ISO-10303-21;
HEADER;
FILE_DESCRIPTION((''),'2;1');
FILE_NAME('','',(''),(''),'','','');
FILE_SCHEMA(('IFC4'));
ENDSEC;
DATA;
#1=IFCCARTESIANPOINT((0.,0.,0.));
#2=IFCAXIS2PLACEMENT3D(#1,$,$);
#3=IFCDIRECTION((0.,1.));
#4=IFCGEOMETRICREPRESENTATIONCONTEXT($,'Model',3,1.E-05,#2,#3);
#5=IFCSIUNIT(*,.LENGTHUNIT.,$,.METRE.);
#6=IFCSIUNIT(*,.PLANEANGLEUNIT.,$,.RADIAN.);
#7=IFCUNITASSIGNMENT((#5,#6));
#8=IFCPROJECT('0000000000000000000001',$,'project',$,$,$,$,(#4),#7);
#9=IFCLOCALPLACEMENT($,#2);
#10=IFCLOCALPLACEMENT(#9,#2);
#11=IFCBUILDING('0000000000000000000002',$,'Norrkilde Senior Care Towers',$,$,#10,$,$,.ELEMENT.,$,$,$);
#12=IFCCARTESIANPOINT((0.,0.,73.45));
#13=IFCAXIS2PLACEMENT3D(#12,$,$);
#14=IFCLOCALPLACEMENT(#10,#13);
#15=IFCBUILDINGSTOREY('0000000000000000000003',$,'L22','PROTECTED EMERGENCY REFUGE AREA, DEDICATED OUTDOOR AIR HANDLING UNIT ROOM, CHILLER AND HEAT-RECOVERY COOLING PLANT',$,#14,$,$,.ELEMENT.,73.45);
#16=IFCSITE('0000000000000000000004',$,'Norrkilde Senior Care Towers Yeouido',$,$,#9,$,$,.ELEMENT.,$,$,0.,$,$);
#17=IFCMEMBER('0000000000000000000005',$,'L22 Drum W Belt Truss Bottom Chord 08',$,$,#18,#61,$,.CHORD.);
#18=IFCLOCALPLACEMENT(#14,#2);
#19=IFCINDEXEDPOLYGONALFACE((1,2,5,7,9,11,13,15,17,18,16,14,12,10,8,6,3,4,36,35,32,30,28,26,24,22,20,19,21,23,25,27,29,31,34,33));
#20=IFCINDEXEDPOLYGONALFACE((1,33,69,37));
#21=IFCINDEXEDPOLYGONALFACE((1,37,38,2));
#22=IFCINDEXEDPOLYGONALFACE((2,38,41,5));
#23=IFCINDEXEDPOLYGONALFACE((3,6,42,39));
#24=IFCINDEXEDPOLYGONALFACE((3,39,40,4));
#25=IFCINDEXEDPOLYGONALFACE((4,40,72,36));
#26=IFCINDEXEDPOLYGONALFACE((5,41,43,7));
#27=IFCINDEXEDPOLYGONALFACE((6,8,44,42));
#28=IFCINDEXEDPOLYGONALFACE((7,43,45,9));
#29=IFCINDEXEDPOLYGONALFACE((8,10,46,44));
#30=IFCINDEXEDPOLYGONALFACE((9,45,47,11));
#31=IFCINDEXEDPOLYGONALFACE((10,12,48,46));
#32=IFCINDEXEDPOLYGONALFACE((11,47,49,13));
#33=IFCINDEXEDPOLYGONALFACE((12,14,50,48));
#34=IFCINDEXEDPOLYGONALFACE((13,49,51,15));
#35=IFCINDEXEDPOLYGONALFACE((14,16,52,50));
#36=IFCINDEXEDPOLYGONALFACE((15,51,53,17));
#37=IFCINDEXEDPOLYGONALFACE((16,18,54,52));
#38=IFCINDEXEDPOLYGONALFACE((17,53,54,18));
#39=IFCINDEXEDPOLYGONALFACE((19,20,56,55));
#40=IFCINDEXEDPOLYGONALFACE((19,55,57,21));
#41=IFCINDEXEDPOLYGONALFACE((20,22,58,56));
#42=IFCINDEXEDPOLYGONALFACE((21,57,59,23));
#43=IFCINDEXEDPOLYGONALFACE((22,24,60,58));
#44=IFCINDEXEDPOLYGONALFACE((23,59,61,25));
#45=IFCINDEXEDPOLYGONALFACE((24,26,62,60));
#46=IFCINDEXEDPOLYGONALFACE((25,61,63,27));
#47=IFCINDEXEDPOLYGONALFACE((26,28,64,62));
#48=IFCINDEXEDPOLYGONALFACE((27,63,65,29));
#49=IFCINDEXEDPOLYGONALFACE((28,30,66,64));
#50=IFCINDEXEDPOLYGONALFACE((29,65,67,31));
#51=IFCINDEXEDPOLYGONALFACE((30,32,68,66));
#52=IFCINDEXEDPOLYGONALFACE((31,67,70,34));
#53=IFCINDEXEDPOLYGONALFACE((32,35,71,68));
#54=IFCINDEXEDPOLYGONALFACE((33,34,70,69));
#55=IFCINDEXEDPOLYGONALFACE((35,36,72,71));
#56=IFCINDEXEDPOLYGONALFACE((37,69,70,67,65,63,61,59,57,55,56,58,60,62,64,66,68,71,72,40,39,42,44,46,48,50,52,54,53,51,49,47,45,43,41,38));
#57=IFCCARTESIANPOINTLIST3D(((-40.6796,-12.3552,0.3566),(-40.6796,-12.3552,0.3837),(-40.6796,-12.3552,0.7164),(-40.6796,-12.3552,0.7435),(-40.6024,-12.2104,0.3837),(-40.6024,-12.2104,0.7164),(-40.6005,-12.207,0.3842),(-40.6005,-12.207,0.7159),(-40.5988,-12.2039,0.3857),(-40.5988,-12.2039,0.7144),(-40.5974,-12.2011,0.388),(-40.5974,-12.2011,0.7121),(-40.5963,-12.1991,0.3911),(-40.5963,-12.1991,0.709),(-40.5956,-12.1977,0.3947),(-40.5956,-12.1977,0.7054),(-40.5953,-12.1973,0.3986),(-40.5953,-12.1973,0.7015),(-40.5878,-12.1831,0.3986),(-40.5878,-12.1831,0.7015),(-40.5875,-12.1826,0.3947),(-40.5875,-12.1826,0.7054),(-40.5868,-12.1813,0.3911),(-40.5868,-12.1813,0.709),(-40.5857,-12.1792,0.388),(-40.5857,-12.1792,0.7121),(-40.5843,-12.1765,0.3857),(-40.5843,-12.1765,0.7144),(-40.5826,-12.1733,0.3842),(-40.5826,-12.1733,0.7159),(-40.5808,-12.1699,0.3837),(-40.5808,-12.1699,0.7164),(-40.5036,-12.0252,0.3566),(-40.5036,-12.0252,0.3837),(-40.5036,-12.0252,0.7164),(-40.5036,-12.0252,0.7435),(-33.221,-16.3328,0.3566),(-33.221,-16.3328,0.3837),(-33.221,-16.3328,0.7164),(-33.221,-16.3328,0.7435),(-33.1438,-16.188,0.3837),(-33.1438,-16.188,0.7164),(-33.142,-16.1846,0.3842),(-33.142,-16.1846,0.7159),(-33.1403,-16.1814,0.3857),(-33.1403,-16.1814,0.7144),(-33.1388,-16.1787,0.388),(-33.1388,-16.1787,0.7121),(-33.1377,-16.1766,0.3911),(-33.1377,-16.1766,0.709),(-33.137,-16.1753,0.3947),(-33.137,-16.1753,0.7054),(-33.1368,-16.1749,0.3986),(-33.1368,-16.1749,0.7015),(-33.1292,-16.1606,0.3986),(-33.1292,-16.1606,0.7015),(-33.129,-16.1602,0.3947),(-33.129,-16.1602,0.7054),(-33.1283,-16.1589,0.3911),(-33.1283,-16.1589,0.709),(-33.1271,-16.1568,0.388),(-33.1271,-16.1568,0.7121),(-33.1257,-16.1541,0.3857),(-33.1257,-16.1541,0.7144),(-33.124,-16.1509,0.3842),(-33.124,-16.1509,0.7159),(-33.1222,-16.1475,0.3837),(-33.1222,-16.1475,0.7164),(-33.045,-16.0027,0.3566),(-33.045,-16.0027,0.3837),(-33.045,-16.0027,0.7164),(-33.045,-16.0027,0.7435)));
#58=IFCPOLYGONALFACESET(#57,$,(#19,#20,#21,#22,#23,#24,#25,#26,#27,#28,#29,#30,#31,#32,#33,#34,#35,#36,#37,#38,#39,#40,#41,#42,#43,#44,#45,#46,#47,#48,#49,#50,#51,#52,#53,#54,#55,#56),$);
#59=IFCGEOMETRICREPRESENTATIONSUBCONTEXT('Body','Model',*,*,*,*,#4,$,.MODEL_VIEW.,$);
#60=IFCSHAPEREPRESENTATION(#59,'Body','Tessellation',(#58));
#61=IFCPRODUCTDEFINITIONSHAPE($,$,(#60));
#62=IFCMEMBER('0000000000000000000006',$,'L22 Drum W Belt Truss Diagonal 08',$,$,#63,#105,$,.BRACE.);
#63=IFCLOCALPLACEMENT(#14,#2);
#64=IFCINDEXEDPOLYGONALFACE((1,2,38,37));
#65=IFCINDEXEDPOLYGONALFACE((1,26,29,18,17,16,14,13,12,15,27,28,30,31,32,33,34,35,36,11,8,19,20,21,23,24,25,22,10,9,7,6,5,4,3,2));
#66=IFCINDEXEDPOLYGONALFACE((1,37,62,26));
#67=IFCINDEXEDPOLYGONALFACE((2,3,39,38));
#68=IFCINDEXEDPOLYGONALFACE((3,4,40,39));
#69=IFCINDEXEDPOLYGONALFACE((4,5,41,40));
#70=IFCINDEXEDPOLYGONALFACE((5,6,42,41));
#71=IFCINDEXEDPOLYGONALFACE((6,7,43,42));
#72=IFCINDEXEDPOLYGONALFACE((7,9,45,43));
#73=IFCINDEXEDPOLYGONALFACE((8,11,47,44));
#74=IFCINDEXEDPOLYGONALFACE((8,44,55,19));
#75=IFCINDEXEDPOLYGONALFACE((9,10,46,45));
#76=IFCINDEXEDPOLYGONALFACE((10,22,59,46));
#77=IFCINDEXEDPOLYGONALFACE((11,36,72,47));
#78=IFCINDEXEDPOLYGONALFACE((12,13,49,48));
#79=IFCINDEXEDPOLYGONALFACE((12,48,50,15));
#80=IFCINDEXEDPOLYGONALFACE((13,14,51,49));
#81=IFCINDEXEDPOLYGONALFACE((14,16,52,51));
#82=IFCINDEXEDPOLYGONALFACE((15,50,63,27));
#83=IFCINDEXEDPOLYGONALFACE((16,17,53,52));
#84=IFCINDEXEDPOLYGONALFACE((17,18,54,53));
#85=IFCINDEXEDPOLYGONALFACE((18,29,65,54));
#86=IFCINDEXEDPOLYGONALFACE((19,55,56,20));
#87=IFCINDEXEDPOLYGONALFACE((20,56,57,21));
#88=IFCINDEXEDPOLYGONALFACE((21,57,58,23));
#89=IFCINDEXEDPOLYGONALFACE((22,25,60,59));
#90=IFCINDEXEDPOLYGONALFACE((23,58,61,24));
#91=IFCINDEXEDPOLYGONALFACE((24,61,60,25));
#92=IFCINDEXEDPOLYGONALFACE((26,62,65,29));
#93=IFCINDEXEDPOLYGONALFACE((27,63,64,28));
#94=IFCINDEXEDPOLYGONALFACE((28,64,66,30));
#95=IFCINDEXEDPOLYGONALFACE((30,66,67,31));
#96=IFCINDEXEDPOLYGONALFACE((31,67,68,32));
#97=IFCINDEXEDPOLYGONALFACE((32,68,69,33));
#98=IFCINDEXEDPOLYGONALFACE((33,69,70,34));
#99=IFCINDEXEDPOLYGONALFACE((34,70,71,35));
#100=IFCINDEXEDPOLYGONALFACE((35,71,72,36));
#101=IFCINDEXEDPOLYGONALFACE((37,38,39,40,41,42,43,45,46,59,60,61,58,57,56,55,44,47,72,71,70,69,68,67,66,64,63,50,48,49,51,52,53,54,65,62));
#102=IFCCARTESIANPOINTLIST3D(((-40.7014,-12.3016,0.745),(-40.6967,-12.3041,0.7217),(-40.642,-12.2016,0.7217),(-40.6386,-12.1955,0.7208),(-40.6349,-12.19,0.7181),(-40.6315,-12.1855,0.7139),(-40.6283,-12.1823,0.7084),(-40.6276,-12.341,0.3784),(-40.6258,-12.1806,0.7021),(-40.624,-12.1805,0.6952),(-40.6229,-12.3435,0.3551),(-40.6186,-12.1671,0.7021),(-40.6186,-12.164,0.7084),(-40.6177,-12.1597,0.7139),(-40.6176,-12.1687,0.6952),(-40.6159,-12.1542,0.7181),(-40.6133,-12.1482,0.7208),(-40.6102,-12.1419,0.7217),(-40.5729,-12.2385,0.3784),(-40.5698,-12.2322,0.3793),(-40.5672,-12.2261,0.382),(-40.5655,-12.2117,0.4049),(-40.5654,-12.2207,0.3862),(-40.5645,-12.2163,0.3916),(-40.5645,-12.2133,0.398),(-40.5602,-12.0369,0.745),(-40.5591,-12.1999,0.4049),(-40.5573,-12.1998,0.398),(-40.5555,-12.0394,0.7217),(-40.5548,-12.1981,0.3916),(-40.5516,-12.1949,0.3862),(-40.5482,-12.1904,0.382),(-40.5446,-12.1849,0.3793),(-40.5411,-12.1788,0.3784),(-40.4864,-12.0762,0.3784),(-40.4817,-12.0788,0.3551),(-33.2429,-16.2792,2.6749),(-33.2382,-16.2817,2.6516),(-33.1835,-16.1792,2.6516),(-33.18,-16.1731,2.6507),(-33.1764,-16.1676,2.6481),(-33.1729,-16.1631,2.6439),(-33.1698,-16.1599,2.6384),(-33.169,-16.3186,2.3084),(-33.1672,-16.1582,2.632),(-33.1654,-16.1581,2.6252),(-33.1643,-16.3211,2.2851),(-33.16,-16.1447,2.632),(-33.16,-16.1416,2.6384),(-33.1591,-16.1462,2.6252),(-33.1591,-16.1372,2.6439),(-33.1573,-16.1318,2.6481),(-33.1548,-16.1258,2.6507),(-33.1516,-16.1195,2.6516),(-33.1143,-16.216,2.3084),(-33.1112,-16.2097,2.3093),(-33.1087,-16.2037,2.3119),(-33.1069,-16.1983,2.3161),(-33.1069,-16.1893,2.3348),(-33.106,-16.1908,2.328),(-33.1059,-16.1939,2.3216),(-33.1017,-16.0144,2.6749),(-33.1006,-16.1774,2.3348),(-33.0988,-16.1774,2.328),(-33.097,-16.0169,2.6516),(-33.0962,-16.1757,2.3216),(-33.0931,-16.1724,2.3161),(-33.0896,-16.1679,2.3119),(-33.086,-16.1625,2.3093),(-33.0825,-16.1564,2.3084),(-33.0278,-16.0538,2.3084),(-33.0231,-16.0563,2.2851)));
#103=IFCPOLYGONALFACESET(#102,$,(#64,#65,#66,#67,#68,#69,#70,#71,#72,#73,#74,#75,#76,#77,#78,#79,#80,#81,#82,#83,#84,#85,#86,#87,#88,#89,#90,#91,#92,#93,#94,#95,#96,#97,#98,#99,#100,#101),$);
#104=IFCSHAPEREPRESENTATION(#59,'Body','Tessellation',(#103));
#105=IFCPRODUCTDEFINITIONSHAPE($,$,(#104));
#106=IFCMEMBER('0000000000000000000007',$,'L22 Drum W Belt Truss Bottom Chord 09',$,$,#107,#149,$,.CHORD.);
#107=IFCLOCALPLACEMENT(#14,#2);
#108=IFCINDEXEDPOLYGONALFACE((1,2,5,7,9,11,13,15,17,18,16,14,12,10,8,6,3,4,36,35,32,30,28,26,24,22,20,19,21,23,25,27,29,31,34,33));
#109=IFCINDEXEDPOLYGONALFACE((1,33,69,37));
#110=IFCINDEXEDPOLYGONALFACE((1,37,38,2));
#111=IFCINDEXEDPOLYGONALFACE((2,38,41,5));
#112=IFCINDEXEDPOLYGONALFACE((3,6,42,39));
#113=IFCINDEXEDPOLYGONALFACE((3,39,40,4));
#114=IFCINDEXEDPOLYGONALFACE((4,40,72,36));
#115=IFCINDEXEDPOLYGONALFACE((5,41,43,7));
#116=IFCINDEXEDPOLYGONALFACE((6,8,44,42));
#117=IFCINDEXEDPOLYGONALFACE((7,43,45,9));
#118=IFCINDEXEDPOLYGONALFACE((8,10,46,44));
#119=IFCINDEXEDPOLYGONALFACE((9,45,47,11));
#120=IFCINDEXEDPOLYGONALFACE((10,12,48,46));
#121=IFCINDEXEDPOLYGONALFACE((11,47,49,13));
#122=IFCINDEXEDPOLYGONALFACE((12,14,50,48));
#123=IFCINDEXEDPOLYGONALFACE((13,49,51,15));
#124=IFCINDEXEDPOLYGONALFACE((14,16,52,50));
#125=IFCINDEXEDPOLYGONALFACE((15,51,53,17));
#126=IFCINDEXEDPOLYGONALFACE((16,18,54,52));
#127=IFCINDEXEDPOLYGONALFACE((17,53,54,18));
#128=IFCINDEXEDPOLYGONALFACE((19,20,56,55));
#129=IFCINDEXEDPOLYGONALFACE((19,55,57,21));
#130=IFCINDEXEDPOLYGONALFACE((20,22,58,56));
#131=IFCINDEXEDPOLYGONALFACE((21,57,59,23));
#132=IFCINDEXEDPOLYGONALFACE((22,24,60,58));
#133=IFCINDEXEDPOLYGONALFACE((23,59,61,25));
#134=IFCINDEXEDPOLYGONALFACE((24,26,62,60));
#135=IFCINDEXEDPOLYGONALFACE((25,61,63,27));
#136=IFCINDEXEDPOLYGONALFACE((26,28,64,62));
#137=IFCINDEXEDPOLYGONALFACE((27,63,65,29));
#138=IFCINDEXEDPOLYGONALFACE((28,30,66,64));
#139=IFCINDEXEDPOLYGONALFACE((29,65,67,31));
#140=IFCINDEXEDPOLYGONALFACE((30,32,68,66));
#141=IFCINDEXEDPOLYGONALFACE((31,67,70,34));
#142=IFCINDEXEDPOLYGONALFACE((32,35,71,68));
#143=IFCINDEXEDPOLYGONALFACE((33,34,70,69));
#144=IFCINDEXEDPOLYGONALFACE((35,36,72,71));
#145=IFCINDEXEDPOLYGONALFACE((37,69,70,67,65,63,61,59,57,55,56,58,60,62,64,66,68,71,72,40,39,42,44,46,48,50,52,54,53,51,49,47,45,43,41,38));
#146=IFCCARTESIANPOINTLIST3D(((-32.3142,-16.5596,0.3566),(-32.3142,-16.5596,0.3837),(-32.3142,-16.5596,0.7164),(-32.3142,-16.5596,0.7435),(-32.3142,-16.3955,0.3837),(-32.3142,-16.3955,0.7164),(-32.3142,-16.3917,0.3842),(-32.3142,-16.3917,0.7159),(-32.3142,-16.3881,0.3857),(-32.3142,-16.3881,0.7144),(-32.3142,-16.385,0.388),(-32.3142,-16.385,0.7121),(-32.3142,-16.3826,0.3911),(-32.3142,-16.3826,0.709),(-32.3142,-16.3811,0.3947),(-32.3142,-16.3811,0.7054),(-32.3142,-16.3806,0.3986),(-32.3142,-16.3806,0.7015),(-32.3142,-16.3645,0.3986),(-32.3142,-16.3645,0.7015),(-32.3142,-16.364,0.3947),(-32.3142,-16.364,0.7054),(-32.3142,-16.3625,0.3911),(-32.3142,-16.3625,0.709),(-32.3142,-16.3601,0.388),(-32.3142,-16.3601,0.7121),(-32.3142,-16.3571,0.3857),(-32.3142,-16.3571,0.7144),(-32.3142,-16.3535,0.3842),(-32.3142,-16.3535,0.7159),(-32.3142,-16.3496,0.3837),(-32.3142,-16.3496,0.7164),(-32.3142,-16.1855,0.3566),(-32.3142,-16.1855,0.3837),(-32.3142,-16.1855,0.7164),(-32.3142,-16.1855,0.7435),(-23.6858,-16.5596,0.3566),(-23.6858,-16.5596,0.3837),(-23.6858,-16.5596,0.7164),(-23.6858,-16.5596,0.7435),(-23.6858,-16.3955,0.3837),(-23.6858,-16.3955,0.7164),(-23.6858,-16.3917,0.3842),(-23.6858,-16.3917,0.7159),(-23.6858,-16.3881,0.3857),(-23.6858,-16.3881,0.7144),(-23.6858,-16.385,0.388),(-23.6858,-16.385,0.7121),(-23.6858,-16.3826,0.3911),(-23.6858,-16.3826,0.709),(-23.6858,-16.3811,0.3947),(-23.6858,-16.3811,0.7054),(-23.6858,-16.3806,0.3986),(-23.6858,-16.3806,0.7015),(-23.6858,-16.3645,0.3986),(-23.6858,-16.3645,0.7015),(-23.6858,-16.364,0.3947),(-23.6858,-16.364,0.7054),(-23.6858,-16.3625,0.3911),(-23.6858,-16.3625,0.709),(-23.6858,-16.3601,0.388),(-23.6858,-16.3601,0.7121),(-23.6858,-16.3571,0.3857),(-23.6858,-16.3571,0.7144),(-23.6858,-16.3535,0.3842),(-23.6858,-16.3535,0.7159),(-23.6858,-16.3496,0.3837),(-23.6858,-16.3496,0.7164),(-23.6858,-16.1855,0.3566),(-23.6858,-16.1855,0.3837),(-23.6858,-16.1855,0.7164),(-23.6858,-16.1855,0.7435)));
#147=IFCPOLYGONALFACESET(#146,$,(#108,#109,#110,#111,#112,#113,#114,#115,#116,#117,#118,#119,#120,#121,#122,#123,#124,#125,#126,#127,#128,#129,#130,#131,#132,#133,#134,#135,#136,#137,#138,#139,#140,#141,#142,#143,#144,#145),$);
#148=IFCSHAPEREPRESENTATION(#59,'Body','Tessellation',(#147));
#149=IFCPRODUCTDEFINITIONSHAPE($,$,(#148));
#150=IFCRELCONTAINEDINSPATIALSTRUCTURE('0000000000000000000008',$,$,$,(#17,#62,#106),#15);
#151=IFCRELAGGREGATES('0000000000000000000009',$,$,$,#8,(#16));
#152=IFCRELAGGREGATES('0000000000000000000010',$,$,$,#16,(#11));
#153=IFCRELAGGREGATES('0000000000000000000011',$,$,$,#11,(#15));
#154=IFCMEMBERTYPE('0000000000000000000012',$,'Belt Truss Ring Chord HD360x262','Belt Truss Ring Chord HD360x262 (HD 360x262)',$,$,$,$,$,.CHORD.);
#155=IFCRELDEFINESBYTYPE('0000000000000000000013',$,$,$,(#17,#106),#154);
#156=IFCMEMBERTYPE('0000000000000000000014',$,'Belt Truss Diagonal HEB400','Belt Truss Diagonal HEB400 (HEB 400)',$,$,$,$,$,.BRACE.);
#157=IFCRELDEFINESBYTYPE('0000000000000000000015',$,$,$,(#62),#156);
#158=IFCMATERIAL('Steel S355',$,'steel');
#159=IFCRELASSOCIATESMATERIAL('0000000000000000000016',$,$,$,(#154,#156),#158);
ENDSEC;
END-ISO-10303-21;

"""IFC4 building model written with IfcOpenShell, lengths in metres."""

from ifc_helpers import new_model, si_unit, direction, frame, origin, origin_2d, place, context, subcontext, project, spatial, i_section, extrude, source, transform, mapped, material, material_profile, profile_set, type_object, type_shapes, element, save


model = new_model("IFC4")

# Units and contexts
model_context = context("Model", 3, precision=1e-05, world=origin(), true_north=direction((0.0, 1.0)))
body_context = subcontext(model_context, "Body", "Model", "MODEL_VIEW")
ifc_project = project(units=[si_unit("LENGTHUNIT", "METRE"), si_unit("PLANEANGLEUNIT", "RADIAN")], contexts=[model_context])

# Site, building, storey
site_placement = place(None, origin())
site = spatial("IfcSite", under=ifc_project, at=site_placement, Name="Norrkilde Senior Care Towers Yeouido", CompositionType="ELEMENT", RefElevation=0.0)
building_placement = place(site_placement, origin())
building = spatial("IfcBuilding", under=site, at=building_placement, Name="Norrkilde Senior Care Towers", CompositionType="ELEMENT")
storey_placement = place(building_placement, frame((0.0, 0.0, 73.45)))
storey = spatial("IfcBuildingStorey", under=building, at=storey_placement, Name="L22", Description="PROTECTED EMERGENCY REFUGE AREA, DEDICATED OUTDOOR AIR HANDLING UNIT ROOM, CHILLER AND HEAT-RECOVERY COOLING PLANT", CompositionType="ELEMENT", Elevation=73.45)

# Members
ifc_material_1 = material(Name="Steel S355", Category="steel")
ifc_material_profile_1 = material_profile(ifc_material_1, i_section(OverallWidth=0.374, OverallDepth=0.387, WebThickness=0.0161, FlangeThickness=0.0271, FilletRadius=0.0149, at=origin_2d()), Name="HD 360x262")
ifc_profile_set_1 = profile_set([ifc_material_profile_1], Name="Steel S355")
member_type_1 = type_object("IfcMemberType", Name="Belt Truss Ring Chord HD360x262", Description="Belt Truss Ring Chord HD360x262 (HD 360x262)", PredefinedType="CHORD", material=ifc_profile_set_1)
shared_shape_1 = source(origin(), body_context, "Body", "SweptSolid", [
    extrude(i_section(OverallWidth=0.374, OverallDepth=0.387, WebThickness=0.0161, FlangeThickness=0.0271, FilletRadius=0.0149, at=origin_2d()), origin(), (0.0, 0.0, 1.0), 8.4529),
])
member_1_placement = place(storey_placement, frame((-40.5916, -12.1902, 0.55), z_axis=(0.882369, -0.470558, 0.0), x_axis=(0.470558, 0.882369, 0.0)))
element("IfcMember", 1, at=member_1_placement, inside=storey, type_object=member_type_1, Name="L22 Drum W Belt Truss Bottom Chord 08", PredefinedType="CHORD", context=body_context, shape_type="MappedRepresentation", body=[
    mapped(shared_shape_1, transform((0.0, 0.0, 0.0), x_axis=(1.0, 0.0, 0.0), y_axis=(0.0, 1.0, 0.0), z_axis=(0.0, 0.0, 1.0), scale=1.0)),
])
ifc_material_profile_2 = material_profile(ifc_material_1, i_section(OverallWidth=0.3, OverallDepth=0.3999, WebThickness=0.0134, FlangeThickness=0.0239, FilletRadius=0.0271, at=origin_2d()), Name="HEB 400")
ifc_profile_set_2 = profile_set([ifc_material_profile_2], Name="Steel S355")
member_type_2 = type_object("IfcMemberType", Name="Belt Truss Diagonal HEB400", Description="Belt Truss Diagonal HEB400 (HEB 400)", PredefinedType="BRACE", material=ifc_profile_set_2)
shared_shape_2 = source(origin(), body_context, "Body", "SweptSolid", [
    extrude(i_section(OverallWidth=0.3, OverallDepth=0.3999, WebThickness=0.0134, FlangeThickness=0.0239, FilletRadius=0.0271, at=origin_2d()), origin(), (0.0, 0.0, 1.0), 8.6704),
])
member_2_placement = place(storey_placement, frame((-40.5916, -12.1902, 0.55), z_axis=(0.860232, -0.458753, 0.22259), x_axis=(0.470558, 0.882369, 0.0)))
element("IfcMember", 2, at=member_2_placement, inside=storey, type_object=member_type_2, Name="L22 Drum W Belt Truss Diagonal 08", PredefinedType="BRACE", context=body_context, shape_type="MappedRepresentation", body=[
    mapped(shared_shape_2, transform((0.0, 0.0, 0.0), x_axis=(1.0, 0.0, 0.0), y_axis=(0.0, 1.0, 0.0), z_axis=(0.0, 0.0, 1.0), scale=1.0)),
])
shared_shape_3 = source(origin(), body_context, "Body", "SweptSolid", [
    extrude(i_section(OverallWidth=0.374, OverallDepth=0.387, WebThickness=0.0161, FlangeThickness=0.0271, FilletRadius=0.0149, at=origin_2d()), origin(), (0.0, 0.0, 1.0), 8.6284),
])
type_shapes(member_type_1, [shared_shape_1, shared_shape_3])
member_3_placement = place(storey_placement, frame((-32.3142, -16.3726, 0.55), z_axis=(1.0, 0.0, 0.0), x_axis=(0.0, 1.0, 0.0)))
element("IfcMember", 3, at=member_3_placement, inside=storey, type_object=member_type_1, Name="L22 Drum W Belt Truss Bottom Chord 09", PredefinedType="CHORD", context=body_context, shape_type="MappedRepresentation", body=[
    mapped(shared_shape_3, transform((0.0, 0.0, 0.0), x_axis=(1.0, 0.0, 0.0), y_axis=(0.0, 1.0, 0.0), z_axis=(0.0, 0.0, 1.0), scale=1.0)),
])

save(model, "model.ifc")
